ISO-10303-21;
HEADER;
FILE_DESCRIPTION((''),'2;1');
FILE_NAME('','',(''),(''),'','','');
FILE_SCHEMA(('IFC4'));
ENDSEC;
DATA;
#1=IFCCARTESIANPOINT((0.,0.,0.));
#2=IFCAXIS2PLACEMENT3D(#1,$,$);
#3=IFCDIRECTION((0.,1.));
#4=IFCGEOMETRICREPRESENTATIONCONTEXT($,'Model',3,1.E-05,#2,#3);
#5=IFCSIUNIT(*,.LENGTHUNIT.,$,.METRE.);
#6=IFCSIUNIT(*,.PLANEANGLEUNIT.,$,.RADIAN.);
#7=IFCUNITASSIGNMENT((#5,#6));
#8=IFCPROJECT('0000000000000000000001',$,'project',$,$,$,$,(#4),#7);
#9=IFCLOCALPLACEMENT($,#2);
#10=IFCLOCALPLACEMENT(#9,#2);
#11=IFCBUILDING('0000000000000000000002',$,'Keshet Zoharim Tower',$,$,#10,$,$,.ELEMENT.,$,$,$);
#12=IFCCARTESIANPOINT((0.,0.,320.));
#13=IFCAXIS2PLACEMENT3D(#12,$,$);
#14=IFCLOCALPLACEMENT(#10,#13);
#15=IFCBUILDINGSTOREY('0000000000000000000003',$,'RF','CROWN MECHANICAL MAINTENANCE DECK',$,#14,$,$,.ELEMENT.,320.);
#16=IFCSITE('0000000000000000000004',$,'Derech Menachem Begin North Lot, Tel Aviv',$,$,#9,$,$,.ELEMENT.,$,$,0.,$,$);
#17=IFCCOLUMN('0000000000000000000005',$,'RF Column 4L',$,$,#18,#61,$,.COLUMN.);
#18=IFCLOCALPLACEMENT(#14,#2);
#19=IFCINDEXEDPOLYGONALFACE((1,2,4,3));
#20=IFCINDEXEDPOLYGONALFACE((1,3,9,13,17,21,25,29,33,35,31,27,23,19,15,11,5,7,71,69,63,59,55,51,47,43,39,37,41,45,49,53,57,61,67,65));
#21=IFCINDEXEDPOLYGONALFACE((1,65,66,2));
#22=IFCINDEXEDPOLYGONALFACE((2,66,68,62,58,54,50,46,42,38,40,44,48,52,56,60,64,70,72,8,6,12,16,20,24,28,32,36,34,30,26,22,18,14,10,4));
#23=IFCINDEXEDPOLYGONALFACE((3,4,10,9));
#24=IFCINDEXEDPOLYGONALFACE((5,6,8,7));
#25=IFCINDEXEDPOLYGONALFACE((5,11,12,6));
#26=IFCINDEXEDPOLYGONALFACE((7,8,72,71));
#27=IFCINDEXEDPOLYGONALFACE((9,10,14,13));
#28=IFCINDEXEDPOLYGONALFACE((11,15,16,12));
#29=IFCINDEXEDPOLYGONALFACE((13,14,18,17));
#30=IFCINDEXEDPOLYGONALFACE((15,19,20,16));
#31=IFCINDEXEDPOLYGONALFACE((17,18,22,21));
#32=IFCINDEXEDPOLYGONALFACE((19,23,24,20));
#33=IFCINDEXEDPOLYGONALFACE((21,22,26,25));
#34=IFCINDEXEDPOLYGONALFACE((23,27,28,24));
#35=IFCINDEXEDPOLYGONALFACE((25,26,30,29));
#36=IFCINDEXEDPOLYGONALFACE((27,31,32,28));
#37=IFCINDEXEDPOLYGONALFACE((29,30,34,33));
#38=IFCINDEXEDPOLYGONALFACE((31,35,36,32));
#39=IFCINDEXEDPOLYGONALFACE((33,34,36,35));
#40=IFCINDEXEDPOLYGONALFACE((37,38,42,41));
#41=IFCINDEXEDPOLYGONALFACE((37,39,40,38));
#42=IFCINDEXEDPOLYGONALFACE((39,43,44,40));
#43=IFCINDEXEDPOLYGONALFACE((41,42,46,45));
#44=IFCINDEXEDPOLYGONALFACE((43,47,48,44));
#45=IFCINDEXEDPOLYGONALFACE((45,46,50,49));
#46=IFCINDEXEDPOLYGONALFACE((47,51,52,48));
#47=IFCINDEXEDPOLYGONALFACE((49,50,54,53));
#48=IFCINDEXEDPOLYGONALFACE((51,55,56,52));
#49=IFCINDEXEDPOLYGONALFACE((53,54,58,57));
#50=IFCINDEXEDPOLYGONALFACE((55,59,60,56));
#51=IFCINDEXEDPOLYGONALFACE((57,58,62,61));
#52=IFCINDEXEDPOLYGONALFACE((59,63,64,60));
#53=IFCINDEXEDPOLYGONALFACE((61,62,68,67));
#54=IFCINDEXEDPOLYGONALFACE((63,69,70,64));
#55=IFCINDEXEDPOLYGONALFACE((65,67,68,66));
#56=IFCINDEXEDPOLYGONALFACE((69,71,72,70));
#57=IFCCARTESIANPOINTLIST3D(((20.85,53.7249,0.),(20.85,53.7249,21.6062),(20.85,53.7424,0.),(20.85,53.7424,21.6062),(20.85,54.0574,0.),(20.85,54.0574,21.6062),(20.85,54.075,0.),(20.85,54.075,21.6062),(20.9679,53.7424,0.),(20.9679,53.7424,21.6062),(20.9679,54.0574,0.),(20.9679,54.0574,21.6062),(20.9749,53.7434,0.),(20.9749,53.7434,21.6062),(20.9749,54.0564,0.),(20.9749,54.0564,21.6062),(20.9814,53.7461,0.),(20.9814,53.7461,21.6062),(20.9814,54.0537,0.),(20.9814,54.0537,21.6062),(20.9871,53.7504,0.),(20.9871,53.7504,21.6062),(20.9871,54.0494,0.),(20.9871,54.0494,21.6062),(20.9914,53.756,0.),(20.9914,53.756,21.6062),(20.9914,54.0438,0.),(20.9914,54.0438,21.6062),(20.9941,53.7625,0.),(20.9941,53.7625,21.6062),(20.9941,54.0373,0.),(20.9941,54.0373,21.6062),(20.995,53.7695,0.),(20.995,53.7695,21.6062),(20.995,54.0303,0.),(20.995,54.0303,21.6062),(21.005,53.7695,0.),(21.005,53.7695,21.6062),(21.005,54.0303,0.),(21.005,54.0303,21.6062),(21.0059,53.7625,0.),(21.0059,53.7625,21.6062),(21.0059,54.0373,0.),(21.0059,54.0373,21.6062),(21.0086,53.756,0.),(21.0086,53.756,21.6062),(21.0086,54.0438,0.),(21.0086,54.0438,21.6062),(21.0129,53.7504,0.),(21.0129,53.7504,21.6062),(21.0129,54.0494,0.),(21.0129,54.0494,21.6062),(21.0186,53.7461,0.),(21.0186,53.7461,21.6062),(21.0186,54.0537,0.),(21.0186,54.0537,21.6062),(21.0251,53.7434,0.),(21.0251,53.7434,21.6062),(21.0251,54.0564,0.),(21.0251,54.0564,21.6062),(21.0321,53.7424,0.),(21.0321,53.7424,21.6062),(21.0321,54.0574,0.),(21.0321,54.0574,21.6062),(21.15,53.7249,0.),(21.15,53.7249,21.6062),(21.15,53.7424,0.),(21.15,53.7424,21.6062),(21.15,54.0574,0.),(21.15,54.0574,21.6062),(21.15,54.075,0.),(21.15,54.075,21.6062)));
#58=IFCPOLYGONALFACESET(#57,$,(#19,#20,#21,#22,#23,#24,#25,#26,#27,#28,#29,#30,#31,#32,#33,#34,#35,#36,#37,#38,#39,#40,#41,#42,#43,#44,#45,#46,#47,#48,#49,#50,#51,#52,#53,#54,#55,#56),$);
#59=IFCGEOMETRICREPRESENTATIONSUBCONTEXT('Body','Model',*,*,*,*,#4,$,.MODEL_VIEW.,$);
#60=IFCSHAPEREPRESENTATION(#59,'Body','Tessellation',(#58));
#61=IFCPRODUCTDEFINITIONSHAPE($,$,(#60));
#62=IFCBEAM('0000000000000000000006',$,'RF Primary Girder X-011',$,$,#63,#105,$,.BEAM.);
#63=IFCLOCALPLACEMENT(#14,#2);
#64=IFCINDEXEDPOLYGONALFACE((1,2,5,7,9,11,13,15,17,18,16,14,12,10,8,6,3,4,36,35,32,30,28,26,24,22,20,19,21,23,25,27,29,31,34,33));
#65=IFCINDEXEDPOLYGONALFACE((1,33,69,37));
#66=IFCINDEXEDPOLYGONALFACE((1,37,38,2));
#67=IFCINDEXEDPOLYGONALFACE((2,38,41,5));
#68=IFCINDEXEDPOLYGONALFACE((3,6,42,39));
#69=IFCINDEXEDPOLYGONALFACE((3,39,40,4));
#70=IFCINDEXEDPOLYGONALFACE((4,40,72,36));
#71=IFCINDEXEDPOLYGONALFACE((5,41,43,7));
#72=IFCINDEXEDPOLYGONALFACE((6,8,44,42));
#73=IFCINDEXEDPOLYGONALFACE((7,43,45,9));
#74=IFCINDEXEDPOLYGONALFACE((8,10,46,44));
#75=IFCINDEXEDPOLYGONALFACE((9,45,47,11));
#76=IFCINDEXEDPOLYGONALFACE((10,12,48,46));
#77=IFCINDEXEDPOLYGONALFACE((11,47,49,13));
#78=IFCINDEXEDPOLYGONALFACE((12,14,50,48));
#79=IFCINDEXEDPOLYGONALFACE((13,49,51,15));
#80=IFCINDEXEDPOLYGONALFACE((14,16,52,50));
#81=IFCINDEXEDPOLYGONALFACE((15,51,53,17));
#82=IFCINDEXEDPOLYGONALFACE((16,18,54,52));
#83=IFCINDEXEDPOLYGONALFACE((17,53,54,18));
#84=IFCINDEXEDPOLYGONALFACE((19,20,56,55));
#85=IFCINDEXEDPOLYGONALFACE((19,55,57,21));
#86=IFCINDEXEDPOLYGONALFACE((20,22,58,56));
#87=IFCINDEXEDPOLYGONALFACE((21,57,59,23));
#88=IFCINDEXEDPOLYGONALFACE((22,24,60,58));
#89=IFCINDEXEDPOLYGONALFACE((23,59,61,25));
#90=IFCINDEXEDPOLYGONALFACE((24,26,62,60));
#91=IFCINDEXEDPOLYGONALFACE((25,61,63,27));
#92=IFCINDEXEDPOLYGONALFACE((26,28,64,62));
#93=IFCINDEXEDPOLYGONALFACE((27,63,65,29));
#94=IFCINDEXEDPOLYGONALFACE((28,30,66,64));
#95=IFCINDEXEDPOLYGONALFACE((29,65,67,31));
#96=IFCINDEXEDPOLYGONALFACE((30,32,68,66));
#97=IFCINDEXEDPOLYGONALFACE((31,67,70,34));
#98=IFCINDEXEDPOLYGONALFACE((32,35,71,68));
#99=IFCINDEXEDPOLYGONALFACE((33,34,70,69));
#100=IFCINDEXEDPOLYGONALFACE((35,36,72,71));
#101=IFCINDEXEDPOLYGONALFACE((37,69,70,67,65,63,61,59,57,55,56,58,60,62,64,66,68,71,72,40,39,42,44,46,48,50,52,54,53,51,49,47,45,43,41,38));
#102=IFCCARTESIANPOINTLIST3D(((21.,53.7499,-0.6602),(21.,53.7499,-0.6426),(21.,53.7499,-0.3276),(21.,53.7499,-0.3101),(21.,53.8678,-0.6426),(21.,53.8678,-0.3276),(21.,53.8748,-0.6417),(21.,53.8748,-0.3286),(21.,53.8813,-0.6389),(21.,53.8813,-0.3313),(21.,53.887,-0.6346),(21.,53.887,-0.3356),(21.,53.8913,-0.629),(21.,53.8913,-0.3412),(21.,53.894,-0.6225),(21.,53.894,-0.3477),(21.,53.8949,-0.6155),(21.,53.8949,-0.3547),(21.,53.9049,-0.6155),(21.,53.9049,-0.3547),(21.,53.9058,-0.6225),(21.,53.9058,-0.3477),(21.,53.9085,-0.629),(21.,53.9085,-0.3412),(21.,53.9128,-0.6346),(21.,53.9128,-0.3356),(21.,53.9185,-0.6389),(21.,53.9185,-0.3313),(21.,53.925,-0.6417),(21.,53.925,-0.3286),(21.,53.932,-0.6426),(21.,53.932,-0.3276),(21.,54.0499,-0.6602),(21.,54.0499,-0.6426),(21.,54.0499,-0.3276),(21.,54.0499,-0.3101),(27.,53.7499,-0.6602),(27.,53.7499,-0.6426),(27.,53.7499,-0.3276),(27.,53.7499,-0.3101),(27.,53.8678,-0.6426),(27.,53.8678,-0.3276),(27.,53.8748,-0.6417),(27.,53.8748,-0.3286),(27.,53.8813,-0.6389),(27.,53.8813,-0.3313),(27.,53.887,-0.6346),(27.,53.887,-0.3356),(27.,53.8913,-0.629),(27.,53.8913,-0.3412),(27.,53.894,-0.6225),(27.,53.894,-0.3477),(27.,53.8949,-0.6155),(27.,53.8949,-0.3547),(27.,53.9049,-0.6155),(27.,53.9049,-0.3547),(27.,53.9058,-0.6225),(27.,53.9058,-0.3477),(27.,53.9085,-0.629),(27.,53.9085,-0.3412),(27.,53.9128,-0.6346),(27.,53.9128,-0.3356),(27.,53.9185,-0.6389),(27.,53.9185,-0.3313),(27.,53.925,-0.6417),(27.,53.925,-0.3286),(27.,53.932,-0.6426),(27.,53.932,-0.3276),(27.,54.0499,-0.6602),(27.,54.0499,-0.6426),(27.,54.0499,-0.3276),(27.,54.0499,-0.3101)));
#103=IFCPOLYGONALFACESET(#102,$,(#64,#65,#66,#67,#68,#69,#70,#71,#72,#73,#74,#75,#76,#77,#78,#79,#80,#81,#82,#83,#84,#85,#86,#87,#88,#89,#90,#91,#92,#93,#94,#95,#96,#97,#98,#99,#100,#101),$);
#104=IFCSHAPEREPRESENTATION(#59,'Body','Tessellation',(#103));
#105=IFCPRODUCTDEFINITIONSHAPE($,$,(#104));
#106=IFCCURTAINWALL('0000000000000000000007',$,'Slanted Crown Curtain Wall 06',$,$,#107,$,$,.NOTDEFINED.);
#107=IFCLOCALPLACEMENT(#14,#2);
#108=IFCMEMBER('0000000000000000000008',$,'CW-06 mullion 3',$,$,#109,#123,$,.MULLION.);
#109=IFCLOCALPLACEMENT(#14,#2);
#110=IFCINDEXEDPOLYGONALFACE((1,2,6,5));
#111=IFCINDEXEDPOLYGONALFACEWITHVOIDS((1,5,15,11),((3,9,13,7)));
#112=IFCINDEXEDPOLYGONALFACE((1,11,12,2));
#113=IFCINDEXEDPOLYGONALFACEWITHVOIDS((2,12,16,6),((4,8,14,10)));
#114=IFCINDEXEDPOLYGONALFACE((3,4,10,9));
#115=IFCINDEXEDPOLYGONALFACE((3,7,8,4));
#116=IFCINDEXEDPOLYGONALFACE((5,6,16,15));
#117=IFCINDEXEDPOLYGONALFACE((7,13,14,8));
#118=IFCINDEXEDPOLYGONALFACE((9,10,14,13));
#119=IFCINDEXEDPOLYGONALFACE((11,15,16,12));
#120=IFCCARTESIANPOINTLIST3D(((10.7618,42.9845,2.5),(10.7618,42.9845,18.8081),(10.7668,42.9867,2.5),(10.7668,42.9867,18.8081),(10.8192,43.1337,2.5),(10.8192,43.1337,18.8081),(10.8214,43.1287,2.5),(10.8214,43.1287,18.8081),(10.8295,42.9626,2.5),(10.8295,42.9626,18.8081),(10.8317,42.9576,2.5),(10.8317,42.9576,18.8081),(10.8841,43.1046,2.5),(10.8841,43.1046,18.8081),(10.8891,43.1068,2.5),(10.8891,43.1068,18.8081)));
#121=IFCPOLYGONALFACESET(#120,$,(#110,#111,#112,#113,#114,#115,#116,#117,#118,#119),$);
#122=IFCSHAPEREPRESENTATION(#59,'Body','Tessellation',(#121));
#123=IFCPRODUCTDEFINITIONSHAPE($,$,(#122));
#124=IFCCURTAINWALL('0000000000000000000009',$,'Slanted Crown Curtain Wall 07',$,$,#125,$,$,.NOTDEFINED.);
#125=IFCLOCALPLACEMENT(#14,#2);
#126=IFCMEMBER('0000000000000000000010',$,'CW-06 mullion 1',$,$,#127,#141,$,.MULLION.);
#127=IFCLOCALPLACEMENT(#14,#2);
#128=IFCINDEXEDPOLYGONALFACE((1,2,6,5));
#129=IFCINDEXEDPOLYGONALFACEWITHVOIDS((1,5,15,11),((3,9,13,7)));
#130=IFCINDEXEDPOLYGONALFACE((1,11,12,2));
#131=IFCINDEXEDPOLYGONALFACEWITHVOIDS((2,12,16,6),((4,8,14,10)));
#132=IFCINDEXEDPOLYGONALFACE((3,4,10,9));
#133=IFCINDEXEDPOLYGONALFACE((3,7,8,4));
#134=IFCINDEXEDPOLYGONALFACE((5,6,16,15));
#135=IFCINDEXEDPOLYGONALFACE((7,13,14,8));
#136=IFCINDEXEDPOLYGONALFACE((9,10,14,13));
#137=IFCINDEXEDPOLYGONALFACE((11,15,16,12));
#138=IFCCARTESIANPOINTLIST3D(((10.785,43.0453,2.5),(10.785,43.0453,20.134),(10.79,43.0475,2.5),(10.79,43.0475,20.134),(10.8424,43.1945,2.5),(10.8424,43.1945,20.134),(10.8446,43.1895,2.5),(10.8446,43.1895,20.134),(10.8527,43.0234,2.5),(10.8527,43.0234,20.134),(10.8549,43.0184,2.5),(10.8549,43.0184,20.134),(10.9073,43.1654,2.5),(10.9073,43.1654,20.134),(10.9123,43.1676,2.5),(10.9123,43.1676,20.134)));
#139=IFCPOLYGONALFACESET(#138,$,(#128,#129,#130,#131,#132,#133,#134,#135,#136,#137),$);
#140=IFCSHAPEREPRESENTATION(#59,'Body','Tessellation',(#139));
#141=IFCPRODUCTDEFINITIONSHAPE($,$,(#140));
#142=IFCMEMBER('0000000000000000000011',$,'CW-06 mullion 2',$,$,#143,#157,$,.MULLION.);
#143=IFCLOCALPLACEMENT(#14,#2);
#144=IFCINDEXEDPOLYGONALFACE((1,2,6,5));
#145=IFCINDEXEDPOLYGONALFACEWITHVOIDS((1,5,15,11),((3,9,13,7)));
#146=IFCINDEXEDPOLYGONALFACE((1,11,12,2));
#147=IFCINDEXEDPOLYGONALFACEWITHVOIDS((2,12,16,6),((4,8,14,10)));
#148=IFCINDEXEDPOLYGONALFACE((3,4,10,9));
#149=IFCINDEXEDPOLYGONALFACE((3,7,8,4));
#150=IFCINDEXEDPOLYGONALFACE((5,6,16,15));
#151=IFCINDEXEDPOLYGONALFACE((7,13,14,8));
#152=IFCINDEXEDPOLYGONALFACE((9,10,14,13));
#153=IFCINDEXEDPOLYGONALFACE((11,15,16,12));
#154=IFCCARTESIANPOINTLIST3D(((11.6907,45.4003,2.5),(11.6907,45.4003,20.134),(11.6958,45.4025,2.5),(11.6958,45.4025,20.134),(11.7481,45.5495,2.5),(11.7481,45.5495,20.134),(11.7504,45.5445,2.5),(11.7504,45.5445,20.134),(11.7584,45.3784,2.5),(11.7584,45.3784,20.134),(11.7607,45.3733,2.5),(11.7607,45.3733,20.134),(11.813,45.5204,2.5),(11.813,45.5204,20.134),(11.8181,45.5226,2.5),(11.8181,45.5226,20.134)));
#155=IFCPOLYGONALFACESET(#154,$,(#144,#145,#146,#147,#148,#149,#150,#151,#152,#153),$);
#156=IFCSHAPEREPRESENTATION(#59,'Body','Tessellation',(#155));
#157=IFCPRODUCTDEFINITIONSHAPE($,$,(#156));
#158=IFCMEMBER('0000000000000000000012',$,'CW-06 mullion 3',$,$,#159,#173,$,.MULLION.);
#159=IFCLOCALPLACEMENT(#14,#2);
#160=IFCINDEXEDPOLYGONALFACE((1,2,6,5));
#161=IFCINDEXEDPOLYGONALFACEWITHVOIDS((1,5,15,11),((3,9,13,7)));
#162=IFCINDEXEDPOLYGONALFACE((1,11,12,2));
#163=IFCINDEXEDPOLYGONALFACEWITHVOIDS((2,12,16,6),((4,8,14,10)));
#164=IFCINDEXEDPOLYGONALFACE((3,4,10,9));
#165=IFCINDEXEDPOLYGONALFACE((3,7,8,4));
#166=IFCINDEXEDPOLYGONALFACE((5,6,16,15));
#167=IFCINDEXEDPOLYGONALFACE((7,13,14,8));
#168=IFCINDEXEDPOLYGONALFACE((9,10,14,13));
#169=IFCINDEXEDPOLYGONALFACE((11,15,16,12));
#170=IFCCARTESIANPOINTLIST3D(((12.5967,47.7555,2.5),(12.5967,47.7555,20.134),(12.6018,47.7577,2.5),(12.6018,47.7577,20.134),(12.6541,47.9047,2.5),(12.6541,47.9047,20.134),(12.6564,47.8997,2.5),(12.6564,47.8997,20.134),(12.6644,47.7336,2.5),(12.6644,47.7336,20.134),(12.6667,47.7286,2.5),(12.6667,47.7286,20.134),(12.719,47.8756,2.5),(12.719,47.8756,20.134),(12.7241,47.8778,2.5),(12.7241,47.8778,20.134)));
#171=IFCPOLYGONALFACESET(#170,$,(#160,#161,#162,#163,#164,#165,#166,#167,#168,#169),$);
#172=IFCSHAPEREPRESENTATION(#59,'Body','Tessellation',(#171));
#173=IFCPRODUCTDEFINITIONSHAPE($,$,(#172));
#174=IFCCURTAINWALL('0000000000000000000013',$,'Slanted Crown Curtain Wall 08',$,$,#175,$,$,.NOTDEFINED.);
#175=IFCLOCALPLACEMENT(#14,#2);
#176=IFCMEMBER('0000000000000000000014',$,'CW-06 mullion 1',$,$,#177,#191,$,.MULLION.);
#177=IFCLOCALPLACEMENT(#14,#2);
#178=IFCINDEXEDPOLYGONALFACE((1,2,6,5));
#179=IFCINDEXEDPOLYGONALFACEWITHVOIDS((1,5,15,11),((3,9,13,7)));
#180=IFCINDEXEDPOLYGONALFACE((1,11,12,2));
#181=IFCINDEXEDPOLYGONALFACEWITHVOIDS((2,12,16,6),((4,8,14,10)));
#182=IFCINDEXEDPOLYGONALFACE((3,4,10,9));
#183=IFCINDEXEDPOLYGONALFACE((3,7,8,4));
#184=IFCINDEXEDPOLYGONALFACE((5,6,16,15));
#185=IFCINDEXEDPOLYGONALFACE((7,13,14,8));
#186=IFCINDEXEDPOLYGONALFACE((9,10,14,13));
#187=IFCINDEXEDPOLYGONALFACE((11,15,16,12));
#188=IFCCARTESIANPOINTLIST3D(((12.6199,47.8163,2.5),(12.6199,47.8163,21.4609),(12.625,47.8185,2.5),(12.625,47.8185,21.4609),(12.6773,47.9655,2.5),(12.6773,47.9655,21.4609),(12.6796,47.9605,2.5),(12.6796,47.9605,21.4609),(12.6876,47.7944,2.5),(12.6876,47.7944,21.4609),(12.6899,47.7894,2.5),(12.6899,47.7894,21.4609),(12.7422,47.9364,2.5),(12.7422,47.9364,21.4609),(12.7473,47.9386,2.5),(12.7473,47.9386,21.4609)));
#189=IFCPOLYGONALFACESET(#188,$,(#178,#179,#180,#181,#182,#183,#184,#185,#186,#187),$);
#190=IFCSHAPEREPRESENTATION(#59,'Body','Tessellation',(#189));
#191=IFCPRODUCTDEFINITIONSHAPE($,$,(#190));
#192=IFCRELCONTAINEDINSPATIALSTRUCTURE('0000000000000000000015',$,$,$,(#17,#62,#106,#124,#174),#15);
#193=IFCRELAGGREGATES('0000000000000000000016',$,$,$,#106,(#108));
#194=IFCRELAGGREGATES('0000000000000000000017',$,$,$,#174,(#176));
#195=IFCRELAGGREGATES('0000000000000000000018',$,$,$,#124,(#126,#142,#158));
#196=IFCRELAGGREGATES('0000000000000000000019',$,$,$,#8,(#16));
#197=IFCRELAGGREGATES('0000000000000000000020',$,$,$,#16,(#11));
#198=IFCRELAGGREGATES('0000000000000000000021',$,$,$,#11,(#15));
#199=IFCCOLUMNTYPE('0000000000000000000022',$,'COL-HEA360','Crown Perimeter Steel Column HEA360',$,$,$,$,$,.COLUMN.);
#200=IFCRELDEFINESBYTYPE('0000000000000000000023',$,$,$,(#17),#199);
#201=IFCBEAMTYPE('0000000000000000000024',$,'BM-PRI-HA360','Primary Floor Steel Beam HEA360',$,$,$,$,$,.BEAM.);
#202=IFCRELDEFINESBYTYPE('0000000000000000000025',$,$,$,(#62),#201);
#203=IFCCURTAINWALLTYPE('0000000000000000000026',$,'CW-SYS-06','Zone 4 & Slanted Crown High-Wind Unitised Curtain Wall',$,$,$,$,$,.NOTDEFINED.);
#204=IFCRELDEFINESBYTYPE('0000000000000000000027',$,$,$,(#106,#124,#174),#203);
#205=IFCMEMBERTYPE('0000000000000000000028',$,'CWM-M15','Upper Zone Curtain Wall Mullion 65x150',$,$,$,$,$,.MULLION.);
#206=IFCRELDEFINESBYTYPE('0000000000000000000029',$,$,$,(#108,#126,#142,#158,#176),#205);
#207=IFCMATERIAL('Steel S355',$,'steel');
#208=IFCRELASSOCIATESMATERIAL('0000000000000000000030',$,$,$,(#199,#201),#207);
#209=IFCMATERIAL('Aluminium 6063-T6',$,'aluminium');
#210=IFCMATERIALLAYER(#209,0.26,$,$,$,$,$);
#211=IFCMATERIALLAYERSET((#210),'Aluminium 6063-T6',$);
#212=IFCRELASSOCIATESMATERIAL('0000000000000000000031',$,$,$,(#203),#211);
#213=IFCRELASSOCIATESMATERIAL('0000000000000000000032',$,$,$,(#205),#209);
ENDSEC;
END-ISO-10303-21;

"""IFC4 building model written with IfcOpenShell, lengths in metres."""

from ifc_helpers import new_model, si_unit, direction, frame, origin, origin_2d, place, context, subcontext, project, spatial, hollow_rectangle, i_section, extrude, material, layer, layer_set, material_profile, profile_set, type_object, element, aggregate, save


model = new_model("IFC4")

# Units and contexts
model_context = context("Model", 3, precision=1e-05, world=origin(), true_north=direction((0.0, 1.0)))
body_context = subcontext(model_context, "Body", "Model", "MODEL_VIEW")
ifc_project = project(units=[si_unit("LENGTHUNIT", "METRE"), si_unit("PLANEANGLEUNIT", "RADIAN")], contexts=[model_context])

# Site, building, storey
site_placement = place(None, origin())
site = spatial("IfcSite", under=ifc_project, at=site_placement, Name="Derech Menachem Begin North Lot, Tel Aviv", CompositionType="ELEMENT", RefElevation=0.0)
building_placement = place(site_placement, origin())
building = spatial("IfcBuilding", under=site, at=building_placement, Name="Keshet Zoharim Tower", CompositionType="ELEMENT")
storey_placement = place(building_placement, frame((0.0, 0.0, 320.0)))
storey = spatial("IfcBuildingStorey", under=building, at=storey_placement, Name="RF", Description="CROWN MECHANICAL MAINTENANCE DECK", CompositionType="ELEMENT", Elevation=320.0)

# Column
ifc_material_1 = material(Name="Steel S355", Category="steel")
ifc_material_profile_1 = material_profile(ifc_material_1, i_section(OverallWidth=0.3, OverallDepth=0.3501, WebThickness=0.01, FlangeThickness=0.0176, FilletRadius=0.0271, at=origin_2d()), Name="HEA360")
ifc_profile_set_1 = profile_set([ifc_material_profile_1], Name="Steel S355")
column_type = type_object("IfcColumnType", Name="COL-HEA360", Description="Crown Perimeter Steel Column HEA360", PredefinedType="COLUMN", material=ifc_profile_set_1)
column_placement = place(storey_placement, frame((21.0, 53.8999, 0.0), z_axis=(0.0, 0.0, 1.0), x_axis=(1.0, 0.0, 0.0)))
element("IfcColumn", 1, at=column_placement, inside=storey, type_object=column_type, Name="RF Column 4L", PredefinedType="COLUMN", context=body_context, shape_type="SweptSolid", body=[
    extrude(i_section(OverallWidth=0.3, OverallDepth=0.3501, WebThickness=0.01, FlangeThickness=0.0176, FilletRadius=0.0271, at=origin_2d()), origin(), (0.0, 0.0, 1.0), 21.6062),
])

# Beam
ifc_material_profile_2 = material_profile(ifc_material_1, i_section(OverallWidth=0.3, OverallDepth=0.3501, WebThickness=0.01, FlangeThickness=0.0176, FilletRadius=0.0271, at=origin_2d()), Name="HEA360")
ifc_profile_set_2 = profile_set([ifc_material_profile_2], Name="Steel S355")
beam_type = type_object("IfcBeamType", Name="BM-PRI-HA360", Description="Primary Floor Steel Beam HEA360", PredefinedType="BEAM", material=ifc_profile_set_2)
beam_placement = place(storey_placement, frame((21.0, 53.8999, -0.4851), z_axis=(1.0, 0.0, 0.0), x_axis=(0.0, 1.0, 0.0)))
element("IfcBeam", 2, at=beam_placement, inside=storey, type_object=beam_type, Name="RF Primary Girder X-011", PredefinedType="BEAM", context=body_context, shape_type="SweptSolid", body=[
    extrude(i_section(OverallWidth=0.3, OverallDepth=0.3501, WebThickness=0.01, FlangeThickness=0.0176, FilletRadius=0.0271, at=origin_2d()), origin(), (0.0, 0.0, 1.0), 6.0),
])

# Curtain wall, member
ifc_material_2 = material(Name="Aluminium 6063-T6", Category="aluminium")
ifc_layer_1 = layer(ifc_material_2, 0.26)
ifc_layer_set_1 = layer_set([ifc_layer_1], Name="Aluminium 6063-T6")
curtain_wall_type = type_object("IfcCurtainWallType", Name="CW-SYS-06", Description="Zone 4 & Slanted Crown High-Wind Unitised Curtain Wall", PredefinedType="NOTDEFINED", material=ifc_layer_set_1)
curtain_wall_1_placement = place(storey_placement, origin())
curtain_wall_1 = element("IfcCurtainWall", 3, at=curtain_wall_1_placement, inside=storey, type_object=curtain_wall_type, Name="Slanted Crown Curtain Wall 06", PredefinedType="NOTDEFINED")
ifc_material_profile_3 = material_profile(ifc_material_2, hollow_rectangle(XDim=0.075, YDim=0.1599, WallThickness=0.0039, at=origin_2d()), Name="MUL-75x160")
ifc_profile_set_3 = profile_set([ifc_material_profile_3], Name="Aluminium 6063-T6")
member_type_1 = type_object("IfcMemberType", Name="CWM-M15", Description="Upper Zone Curtain Wall Mullion 65x150", PredefinedType="MULLION", material=ifc_profile_set_3)
member_1_placement = place(storey_placement, frame((10.8254, 43.0457, 2.5), z_axis=(0.0, 0.0, 1.0), x_axis=(-0.93332, 0.359045, 0.0)))
member_1 = element("IfcMember", 4, at=member_1_placement, type_object=member_type_1, Name="CW-06 mullion 3", PredefinedType="MULLION", context=body_context, shape_type="SweptSolid", body=[
    extrude(hollow_rectangle(XDim=0.075, YDim=0.1599, WallThickness=0.0039, at=origin_2d()), origin(), (0.0, 0.0, 1.0), 16.3081),
])
aggregate(curtain_wall_1, [member_1])

# Curtain walls, members
curtain_wall_2_placement = place(storey_placement, origin())
curtain_wall_2 = element("IfcCurtainWall", 5, at=curtain_wall_2_placement, inside=storey, type_object=curtain_wall_type, Name="Slanted Crown Curtain Wall 07", PredefinedType="NOTDEFINED")
member_2_placement = place(storey_placement, frame((10.8486, 43.1064, 2.5), z_axis=(0.0, 0.0, 1.0), x_axis=(-0.933346, 0.358979, 0.0)))
member_2 = element("IfcMember", 6, at=member_2_placement, type_object=member_type_1, Name="CW-06 mullion 1", PredefinedType="MULLION", context=body_context, shape_type="SweptSolid", body=[
    extrude(hollow_rectangle(XDim=0.075, YDim=0.1599, WallThickness=0.0039, at=origin_2d()), origin(), (0.0, 0.0, 1.0), 17.634),
])
member_3_placement = place(storey_placement, frame((11.7544, 45.4614, 2.5), z_axis=(0.0, 0.0, 1.0), x_axis=(-0.933346, 0.358979, 0.0)))
member_3 = element("IfcMember", 7, at=member_3_placement, type_object=member_type_1, Name="CW-06 mullion 2", PredefinedType="MULLION", context=body_context, shape_type="SweptSolid", body=[
    extrude(hollow_rectangle(XDim=0.075, YDim=0.1599, WallThickness=0.0039, at=origin_2d()), origin(), (0.0, 0.0, 1.0), 17.634),
])
member_4_placement = place(storey_placement, frame((12.6604, 47.8167, 2.5), z_axis=(0.0, 0.0, 1.0), x_axis=(-0.933346, 0.358979, 0.0)))
member_4 = element("IfcMember", 8, at=member_4_placement, type_object=member_type_1, Name="CW-06 mullion 3", PredefinedType="MULLION", context=body_context, shape_type="SweptSolid", body=[
    extrude(hollow_rectangle(XDim=0.075, YDim=0.1599, WallThickness=0.0039, at=origin_2d()), origin(), (0.0, 0.0, 1.0), 17.634),
])
curtain_wall_3_placement = place(storey_placement, origin())
curtain_wall_3 = element("IfcCurtainWall", 9, at=curtain_wall_3_placement, inside=storey, type_object=curtain_wall_type, Name="Slanted Crown Curtain Wall 08", PredefinedType="NOTDEFINED")
member_5_placement = place(storey_placement, frame((12.6836, 47.8774, 2.5), z_axis=(0.0, 0.0, 1.0), x_axis=(-0.933346, 0.358979, 0.0)))
member_5 = element("IfcMember", 10, at=member_5_placement, type_object=member_type_1, Name="CW-06 mullion 1", PredefinedType="MULLION", context=body_context, shape_type="SweptSolid", body=[
    extrude(hollow_rectangle(XDim=0.075, YDim=0.1599, WallThickness=0.0039, at=origin_2d()), origin(), (0.0, 0.0, 1.0), 18.9609),
])
aggregate(curtain_wall_3, [member_5])

aggregate(curtain_wall_2, [member_2, member_3, member_4])

save(model, "model.ifc")
